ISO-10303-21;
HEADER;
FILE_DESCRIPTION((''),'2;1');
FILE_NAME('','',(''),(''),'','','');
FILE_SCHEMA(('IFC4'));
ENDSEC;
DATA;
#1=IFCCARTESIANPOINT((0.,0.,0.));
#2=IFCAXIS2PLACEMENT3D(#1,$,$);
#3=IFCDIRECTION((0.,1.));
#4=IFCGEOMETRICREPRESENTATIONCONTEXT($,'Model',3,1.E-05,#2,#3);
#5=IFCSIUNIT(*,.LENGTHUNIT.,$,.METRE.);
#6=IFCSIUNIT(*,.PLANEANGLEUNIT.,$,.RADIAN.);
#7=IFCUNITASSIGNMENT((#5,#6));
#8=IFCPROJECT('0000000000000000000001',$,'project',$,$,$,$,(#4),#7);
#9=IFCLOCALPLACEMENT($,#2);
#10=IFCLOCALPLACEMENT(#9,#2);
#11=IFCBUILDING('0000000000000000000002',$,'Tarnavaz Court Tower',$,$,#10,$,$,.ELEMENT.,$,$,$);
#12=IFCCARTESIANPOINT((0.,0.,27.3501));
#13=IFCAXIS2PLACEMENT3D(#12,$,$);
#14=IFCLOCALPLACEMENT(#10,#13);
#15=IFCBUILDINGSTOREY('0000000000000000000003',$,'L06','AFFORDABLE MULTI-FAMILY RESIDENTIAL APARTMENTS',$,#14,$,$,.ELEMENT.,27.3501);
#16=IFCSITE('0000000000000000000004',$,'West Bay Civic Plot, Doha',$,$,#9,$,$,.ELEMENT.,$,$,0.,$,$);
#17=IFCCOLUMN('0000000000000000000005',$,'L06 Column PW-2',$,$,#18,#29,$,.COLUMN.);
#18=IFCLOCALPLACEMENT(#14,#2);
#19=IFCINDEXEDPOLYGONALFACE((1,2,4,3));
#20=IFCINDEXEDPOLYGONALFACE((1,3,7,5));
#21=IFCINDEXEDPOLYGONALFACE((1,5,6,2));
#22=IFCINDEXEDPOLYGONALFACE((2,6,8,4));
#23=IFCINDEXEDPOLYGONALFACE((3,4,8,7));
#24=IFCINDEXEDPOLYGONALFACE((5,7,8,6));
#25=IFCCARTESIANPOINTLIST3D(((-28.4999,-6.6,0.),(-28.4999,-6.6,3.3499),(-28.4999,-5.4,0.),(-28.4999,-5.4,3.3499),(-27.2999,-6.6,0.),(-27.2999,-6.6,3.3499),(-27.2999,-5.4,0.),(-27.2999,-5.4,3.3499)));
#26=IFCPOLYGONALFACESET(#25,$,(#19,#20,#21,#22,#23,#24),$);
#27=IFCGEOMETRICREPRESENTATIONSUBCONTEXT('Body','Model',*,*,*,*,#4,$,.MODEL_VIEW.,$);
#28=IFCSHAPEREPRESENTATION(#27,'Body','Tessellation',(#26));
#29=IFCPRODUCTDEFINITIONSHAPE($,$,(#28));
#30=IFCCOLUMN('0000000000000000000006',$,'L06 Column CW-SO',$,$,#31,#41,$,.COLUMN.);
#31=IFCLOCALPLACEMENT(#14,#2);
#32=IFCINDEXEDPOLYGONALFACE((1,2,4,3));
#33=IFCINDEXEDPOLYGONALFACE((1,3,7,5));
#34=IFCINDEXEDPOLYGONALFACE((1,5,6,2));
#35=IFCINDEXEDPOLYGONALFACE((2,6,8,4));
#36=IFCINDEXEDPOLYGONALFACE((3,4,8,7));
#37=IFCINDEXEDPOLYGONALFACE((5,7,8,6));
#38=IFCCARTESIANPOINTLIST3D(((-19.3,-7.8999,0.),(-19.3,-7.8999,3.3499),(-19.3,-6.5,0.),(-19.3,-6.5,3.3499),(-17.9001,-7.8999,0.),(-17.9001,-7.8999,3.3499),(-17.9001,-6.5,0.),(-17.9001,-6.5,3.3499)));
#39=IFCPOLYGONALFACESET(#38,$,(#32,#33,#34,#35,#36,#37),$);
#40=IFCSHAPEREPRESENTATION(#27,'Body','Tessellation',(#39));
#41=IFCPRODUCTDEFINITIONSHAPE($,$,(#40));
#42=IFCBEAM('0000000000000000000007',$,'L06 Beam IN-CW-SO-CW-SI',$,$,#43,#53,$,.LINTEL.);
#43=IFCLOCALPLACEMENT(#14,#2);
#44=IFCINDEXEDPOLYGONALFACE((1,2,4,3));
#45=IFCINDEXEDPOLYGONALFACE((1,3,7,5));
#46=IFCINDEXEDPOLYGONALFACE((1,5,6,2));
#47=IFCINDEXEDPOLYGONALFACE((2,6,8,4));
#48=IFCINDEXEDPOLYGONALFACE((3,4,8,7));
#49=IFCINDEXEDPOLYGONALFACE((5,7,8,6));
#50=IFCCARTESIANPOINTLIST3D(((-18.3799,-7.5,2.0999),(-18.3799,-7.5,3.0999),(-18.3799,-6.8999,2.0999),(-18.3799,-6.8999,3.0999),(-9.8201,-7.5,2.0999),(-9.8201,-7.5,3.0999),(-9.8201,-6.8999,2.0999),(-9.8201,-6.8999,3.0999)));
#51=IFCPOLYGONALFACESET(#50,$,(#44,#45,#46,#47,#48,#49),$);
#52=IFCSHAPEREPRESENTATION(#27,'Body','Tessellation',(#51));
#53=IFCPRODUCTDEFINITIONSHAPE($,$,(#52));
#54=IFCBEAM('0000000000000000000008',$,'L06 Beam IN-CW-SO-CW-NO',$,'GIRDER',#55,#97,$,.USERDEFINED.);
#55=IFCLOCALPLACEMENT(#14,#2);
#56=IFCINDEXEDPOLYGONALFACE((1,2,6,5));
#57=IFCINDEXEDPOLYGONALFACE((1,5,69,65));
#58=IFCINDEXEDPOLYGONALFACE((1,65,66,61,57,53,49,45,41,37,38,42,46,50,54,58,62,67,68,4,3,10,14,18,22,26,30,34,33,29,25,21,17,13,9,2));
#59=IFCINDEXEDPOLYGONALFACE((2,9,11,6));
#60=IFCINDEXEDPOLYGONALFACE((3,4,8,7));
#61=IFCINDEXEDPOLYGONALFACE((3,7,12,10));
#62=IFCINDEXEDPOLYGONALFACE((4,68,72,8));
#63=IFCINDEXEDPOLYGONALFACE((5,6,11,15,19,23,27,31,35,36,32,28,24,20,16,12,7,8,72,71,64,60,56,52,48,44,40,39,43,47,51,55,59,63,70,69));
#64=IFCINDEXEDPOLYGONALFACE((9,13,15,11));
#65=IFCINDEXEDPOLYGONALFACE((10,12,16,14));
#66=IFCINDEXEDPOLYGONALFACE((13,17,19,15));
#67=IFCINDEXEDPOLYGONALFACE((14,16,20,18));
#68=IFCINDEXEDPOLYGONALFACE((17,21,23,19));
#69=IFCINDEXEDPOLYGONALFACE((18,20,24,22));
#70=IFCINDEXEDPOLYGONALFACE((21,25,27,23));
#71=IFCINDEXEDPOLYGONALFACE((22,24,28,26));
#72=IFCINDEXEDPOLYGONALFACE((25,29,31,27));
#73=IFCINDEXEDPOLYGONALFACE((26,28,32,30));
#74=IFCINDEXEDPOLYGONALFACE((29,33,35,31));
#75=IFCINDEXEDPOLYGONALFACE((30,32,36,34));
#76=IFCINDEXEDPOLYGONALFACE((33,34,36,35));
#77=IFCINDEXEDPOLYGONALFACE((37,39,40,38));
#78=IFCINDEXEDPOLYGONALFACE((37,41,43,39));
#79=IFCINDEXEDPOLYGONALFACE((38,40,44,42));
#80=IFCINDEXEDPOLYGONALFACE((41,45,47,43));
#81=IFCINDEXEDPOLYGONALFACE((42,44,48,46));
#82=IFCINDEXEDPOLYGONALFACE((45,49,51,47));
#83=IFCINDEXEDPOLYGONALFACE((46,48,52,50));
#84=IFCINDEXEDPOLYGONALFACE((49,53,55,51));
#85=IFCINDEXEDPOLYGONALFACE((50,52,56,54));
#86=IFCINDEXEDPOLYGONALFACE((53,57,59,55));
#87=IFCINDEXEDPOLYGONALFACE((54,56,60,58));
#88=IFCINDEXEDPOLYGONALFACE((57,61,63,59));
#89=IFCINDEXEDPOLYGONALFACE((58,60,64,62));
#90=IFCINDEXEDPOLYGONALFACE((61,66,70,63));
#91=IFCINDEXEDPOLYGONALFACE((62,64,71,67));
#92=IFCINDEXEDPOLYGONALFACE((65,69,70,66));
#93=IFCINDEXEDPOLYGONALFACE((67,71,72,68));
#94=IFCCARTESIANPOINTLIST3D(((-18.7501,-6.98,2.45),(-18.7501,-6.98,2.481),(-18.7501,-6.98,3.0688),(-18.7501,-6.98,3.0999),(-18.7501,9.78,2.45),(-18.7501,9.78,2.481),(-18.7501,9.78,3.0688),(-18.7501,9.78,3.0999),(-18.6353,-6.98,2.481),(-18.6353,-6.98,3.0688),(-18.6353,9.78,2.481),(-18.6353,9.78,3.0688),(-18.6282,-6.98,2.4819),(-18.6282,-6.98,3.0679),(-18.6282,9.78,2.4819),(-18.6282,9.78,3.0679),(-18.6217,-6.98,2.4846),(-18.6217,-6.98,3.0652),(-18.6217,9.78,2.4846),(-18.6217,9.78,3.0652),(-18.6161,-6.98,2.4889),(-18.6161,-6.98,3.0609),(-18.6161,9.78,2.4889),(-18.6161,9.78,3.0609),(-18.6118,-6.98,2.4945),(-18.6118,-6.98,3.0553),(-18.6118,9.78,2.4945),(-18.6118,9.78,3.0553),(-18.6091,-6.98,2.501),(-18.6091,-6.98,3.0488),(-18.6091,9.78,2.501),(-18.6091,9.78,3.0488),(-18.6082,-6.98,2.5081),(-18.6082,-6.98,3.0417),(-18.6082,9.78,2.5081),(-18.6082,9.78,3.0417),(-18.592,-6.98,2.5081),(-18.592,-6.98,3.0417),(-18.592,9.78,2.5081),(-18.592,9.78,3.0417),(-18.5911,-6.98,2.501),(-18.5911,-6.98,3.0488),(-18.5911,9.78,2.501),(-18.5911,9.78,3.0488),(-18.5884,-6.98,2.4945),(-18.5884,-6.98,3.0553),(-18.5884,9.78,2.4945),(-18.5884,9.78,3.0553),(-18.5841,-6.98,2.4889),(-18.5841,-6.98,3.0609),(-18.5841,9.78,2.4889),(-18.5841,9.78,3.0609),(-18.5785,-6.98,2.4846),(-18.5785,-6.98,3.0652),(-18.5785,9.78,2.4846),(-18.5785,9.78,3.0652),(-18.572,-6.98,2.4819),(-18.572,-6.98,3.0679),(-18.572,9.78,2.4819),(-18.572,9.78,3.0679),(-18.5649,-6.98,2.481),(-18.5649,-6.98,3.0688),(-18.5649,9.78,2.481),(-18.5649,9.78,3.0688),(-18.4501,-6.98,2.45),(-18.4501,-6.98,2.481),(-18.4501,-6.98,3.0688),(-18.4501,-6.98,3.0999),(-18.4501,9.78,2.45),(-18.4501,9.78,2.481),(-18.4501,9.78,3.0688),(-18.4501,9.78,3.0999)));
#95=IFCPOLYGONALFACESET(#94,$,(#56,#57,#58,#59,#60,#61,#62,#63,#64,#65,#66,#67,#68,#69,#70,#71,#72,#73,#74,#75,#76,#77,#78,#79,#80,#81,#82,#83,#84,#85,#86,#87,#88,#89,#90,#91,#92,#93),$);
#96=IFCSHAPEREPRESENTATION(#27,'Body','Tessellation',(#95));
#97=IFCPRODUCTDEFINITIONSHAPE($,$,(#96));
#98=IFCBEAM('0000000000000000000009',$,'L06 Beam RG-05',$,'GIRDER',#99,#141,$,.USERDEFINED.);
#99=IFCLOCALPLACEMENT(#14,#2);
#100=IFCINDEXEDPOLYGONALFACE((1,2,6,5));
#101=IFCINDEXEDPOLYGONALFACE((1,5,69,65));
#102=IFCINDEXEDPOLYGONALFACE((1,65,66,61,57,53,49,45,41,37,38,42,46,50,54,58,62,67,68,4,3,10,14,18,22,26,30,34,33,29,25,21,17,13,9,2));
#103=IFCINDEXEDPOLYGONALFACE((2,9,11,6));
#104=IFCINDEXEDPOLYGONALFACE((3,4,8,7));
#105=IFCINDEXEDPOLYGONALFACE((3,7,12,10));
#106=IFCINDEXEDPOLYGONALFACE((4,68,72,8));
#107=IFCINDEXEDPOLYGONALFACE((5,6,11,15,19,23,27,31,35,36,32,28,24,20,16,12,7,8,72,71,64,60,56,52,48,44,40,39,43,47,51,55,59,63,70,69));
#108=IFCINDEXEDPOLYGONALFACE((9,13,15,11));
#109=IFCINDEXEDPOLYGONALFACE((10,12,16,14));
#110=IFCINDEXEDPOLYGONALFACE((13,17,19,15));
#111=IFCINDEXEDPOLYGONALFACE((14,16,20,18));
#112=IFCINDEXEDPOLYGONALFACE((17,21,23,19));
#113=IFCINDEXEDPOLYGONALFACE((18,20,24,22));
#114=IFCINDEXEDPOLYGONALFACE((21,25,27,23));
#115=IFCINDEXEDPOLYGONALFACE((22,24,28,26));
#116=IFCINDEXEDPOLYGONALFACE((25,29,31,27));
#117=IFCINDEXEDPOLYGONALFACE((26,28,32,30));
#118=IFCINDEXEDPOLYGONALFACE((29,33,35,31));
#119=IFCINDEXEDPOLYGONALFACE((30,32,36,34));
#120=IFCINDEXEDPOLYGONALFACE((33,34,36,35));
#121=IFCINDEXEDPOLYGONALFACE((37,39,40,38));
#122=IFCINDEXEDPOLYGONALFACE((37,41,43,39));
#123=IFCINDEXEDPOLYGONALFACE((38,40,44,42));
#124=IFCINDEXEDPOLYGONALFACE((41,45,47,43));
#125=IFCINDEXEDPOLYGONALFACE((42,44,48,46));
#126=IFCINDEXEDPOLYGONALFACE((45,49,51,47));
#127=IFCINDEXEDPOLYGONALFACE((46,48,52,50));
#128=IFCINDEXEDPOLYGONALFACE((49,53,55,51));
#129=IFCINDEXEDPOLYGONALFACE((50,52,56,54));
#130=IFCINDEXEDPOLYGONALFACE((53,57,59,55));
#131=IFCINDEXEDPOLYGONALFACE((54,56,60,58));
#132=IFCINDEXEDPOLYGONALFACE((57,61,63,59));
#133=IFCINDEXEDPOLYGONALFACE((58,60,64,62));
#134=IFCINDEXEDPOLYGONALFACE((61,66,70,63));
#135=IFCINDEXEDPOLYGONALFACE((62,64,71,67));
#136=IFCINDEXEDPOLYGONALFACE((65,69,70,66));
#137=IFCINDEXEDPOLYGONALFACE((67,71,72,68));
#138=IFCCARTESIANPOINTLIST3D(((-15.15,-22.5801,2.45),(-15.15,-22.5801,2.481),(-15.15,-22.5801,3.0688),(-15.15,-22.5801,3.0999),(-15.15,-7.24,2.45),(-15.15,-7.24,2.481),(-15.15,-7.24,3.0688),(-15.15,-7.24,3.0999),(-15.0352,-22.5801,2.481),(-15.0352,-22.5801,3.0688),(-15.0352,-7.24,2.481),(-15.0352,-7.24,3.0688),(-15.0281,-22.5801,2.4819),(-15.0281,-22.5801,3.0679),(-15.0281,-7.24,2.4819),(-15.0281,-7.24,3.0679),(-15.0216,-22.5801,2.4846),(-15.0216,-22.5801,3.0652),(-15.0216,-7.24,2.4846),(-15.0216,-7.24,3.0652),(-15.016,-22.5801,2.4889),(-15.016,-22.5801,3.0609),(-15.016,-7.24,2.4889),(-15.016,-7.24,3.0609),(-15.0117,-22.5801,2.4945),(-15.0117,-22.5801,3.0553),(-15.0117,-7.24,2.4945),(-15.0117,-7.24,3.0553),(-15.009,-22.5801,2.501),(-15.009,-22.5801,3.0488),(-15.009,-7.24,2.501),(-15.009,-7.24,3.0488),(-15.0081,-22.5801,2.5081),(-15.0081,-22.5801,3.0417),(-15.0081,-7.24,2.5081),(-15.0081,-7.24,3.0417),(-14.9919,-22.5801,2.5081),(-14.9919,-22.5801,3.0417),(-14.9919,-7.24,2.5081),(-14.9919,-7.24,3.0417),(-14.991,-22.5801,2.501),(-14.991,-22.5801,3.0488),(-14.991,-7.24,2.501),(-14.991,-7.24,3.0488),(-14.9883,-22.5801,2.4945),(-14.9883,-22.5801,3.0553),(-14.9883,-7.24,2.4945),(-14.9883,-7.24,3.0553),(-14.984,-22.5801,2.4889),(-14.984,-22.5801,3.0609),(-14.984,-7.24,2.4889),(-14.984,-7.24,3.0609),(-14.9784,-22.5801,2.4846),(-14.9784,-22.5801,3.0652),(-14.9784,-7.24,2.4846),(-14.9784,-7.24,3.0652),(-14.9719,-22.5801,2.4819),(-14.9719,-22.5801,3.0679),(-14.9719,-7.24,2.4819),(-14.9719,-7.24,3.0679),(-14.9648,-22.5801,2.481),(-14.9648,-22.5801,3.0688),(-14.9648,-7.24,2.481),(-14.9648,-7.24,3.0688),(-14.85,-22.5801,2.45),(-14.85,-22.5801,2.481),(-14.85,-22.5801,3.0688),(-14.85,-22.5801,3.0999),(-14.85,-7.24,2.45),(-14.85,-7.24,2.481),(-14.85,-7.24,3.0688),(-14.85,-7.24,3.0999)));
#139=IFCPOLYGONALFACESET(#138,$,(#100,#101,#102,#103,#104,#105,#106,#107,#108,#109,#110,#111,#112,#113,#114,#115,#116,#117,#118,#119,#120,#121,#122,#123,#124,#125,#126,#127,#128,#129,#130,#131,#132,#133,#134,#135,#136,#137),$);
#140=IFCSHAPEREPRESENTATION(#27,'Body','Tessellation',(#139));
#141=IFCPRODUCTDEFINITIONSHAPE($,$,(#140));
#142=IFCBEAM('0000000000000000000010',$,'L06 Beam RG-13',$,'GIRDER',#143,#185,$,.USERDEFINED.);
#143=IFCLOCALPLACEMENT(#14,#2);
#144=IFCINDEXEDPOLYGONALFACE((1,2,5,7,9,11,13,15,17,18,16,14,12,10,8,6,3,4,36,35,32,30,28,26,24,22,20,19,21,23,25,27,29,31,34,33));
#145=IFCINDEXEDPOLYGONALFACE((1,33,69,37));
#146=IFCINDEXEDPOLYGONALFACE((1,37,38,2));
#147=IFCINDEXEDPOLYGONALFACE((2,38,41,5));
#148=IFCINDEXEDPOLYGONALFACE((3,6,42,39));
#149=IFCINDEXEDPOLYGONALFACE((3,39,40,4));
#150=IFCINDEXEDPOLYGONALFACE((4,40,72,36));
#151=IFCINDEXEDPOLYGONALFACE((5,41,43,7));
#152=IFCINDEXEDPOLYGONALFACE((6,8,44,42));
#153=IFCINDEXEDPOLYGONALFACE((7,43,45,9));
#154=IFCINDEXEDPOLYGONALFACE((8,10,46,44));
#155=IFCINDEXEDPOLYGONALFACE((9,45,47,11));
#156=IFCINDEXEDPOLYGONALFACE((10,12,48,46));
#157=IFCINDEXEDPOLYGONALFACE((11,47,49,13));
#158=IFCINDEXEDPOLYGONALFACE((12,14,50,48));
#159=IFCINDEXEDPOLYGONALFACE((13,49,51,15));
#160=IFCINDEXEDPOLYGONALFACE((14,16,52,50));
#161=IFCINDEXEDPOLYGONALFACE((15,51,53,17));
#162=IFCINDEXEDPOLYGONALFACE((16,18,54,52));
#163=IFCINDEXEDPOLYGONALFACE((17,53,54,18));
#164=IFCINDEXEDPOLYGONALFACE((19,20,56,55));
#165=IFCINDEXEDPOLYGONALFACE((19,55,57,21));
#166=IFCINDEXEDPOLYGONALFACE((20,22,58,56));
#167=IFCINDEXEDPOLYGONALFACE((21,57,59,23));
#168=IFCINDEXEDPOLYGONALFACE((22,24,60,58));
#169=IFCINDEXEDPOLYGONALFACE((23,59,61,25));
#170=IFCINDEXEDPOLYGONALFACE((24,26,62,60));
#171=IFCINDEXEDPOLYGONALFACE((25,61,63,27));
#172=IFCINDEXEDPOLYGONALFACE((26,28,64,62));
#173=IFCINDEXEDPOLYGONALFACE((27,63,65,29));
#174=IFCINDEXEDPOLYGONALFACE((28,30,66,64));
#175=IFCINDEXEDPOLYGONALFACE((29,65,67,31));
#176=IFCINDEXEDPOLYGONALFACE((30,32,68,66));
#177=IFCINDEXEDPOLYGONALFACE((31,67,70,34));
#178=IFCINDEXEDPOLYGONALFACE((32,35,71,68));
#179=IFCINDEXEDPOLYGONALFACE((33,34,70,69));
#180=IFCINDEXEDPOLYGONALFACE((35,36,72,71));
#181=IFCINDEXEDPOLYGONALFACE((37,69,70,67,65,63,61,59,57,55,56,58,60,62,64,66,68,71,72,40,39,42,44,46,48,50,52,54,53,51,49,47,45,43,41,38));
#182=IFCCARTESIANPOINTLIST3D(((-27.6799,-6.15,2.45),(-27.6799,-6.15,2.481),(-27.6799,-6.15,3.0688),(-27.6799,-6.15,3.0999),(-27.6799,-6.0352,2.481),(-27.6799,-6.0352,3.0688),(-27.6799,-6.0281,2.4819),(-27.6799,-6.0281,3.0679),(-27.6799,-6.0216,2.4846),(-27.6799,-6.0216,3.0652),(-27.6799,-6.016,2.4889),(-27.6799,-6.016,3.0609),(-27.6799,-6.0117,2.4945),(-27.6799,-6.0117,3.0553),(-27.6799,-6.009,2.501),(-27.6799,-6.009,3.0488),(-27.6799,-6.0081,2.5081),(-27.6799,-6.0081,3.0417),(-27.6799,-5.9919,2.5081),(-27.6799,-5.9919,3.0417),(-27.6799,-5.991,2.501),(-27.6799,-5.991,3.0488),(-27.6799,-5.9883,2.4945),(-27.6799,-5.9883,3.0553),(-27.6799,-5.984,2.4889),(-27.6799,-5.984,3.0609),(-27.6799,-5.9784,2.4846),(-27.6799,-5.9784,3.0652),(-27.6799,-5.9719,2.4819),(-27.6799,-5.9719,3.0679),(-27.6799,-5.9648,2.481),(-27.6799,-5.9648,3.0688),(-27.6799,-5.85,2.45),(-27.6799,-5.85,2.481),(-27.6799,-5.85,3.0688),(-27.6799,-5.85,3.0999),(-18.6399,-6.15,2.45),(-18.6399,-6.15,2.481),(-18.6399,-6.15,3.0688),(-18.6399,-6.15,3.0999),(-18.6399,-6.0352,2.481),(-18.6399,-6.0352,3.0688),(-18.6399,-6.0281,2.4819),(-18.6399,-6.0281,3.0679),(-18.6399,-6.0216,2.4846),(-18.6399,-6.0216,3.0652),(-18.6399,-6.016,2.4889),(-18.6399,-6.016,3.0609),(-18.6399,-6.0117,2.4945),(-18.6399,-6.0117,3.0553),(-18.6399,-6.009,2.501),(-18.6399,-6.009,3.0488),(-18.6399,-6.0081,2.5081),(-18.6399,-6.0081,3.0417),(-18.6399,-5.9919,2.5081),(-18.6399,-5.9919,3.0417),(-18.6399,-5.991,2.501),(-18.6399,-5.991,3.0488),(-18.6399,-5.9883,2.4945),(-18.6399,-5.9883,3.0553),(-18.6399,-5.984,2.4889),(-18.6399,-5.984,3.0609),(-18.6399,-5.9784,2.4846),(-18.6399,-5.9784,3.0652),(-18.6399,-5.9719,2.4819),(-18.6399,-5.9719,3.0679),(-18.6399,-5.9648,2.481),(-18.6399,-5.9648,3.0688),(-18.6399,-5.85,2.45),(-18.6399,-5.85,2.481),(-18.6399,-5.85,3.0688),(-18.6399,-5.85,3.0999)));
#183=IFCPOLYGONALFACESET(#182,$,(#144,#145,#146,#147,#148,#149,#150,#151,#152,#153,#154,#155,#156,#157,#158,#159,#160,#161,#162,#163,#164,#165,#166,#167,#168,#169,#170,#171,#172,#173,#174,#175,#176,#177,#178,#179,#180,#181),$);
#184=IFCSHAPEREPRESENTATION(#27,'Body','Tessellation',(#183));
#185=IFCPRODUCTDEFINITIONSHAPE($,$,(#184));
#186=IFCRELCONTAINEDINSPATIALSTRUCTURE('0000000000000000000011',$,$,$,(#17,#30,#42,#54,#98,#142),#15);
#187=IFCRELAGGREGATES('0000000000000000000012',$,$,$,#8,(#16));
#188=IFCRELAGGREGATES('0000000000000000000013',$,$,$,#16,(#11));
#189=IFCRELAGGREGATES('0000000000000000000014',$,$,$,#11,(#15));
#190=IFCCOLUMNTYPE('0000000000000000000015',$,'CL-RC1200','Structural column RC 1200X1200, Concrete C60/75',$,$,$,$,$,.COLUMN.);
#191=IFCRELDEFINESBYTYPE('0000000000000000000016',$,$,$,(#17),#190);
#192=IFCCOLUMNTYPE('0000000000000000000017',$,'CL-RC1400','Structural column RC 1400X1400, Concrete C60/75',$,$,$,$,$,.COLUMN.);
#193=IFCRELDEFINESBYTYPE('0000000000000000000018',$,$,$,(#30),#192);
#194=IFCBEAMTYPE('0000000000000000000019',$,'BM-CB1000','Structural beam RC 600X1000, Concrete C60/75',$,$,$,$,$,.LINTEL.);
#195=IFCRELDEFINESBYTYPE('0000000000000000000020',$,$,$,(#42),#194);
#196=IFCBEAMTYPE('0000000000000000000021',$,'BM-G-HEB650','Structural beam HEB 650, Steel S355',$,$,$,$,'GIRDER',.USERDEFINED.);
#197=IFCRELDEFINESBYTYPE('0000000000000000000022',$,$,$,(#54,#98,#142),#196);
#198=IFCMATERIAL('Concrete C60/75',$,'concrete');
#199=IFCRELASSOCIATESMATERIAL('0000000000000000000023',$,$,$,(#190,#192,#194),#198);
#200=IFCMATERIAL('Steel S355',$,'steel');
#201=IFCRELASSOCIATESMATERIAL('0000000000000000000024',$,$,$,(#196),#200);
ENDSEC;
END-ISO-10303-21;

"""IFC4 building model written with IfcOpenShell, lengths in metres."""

from ifc_helpers import new_model, si_unit, direction, frame, origin, origin_2d, place, context, subcontext, project, spatial, rectangle, i_section, extrude, material, material_profile, profile_set, type_object, element, save


model = new_model("IFC4")

# Units and contexts
model_context = context("Model", 3, precision=1e-05, world=origin(), true_north=direction((0.0, 1.0)))
body_context = subcontext(model_context, "Body", "Model", "MODEL_VIEW")
ifc_project = project(units=[si_unit("LENGTHUNIT", "METRE"), si_unit("PLANEANGLEUNIT", "RADIAN")], contexts=[model_context])

# Site, building, storey
site_placement = place(None, origin())
site = spatial("IfcSite", under=ifc_project, at=site_placement, Name="West Bay Civic Plot, Doha", CompositionType="ELEMENT", RefElevation=0.0)
building_placement = place(site_placement, origin())
building = spatial("IfcBuilding", under=site, at=building_placement, Name="Tarnavaz Court Tower", CompositionType="ELEMENT")
storey_placement = place(building_placement, frame((0.0, 0.0, 27.3501)))
storey = spatial("IfcBuildingStorey", under=building, at=storey_placement, Name="L06", Description="AFFORDABLE MULTI-FAMILY RESIDENTIAL APARTMENTS", CompositionType="ELEMENT", Elevation=27.3501)

# Columns
ifc_material_1 = material(Name="Concrete C60/75", Category="concrete")
ifc_material_profile_1 = material_profile(ifc_material_1, rectangle(XDim=1.2, YDim=1.2, at=origin_2d()), Name="RC 1200X1200")
ifc_profile_set_1 = profile_set([ifc_material_profile_1], Name="Concrete C60/75")
column_type_1 = type_object("IfcColumnType", Name="CL-RC1200", Description="Structural column RC 1200X1200, Concrete C60/75", PredefinedType="COLUMN", material=ifc_profile_set_1)
column_1_placement = place(storey_placement, frame((-27.8999, -6.0, 0.0), z_axis=(0.0, 0.0, 1.0), x_axis=(1.0, 0.0, 0.0)))
element("IfcColumn", 1, at=column_1_placement, inside=storey, type_object=column_type_1, Name="L06 Column PW-2", PredefinedType="COLUMN", context=body_context, shape_type="SweptSolid", body=[
    extrude(rectangle(XDim=1.2, YDim=1.2, at=origin_2d()), origin(), (0.0, 0.0, 1.0), 3.3499),
])
ifc_material_profile_2 = material_profile(ifc_material_1, rectangle(XDim=1.3999, YDim=1.3999, at=origin_2d()), Name="RC 1400X1400")
ifc_profile_set_2 = profile_set([ifc_material_profile_2], Name="Concrete C60/75")
column_type_2 = type_object("IfcColumnType", Name="CL-RC1400", Description="Structural column RC 1400X1400, Concrete C60/75", PredefinedType="COLUMN", material=ifc_profile_set_2)
column_2_placement = place(storey_placement, frame((-18.6001, -7.2, 0.0), z_axis=(0.0, 0.0, 1.0), x_axis=(1.0, 0.0, 0.0)))
element("IfcColumn", 2, at=column_2_placement, inside=storey, type_object=column_type_2, Name="L06 Column CW-SO", PredefinedType="COLUMN", context=body_context, shape_type="SweptSolid", body=[
    extrude(rectangle(XDim=1.3999, YDim=1.3999, at=origin_2d()), origin(), (0.0, 0.0, 1.0), 3.3499),
])

# Beams
ifc_material_profile_3 = material_profile(ifc_material_1, rectangle(XDim=0.6001, YDim=1.0, at=origin_2d()), Name="RC 600X1000")
ifc_profile_set_3 = profile_set([ifc_material_profile_3], Name="Concrete C60/75")
beam_type_1 = type_object("IfcBeamType", Name="BM-CB1000", Description="Structural beam RC 600X1000, Concrete C60/75", PredefinedType="LINTEL", material=ifc_profile_set_3)
beam_1_placement = place(storey_placement, frame((-18.3799, -7.2, 2.5999), z_axis=(1.0, 0.0, 0.0), x_axis=(0.0, 1.0, 0.0)))
element("IfcBeam", 3, at=beam_1_placement, inside=storey, type_object=beam_type_1, Name="L06 Beam IN-CW-SO-CW-SI", PredefinedType="LINTEL", context=body_context, shape_type="SweptSolid", body=[
    extrude(rectangle(XDim=0.6001, YDim=1.0, at=origin_2d()), origin(), (0.0, 0.0, 1.0), 8.5598),
])
ifc_material_2 = material(Name="Steel S355", Category="steel")
ifc_material_profile_4 = material_profile(ifc_material_2, i_section(OverallWidth=0.3, OverallDepth=0.6499, WebThickness=0.0161, FlangeThickness=0.031, FilletRadius=0.0271, at=origin_2d()), Name="HEB 650")
ifc_profile_set_4 = profile_set([ifc_material_profile_4], Name="Steel S355")
beam_type_2 = type_object("IfcBeamType", Name="BM-G-HEB650", Description="Structural beam HEB 650, Steel S355", ElementType="GIRDER", PredefinedType="USERDEFINED", material=ifc_profile_set_4)
beam_2_placement = place(storey_placement, frame((-18.6001, -6.98, 2.7749), z_axis=(0.0, 1.0, 0.0), x_axis=(-1.0, 0.0, 0.0)))
element("IfcBeam", 4, at=beam_2_placement, inside=storey, type_object=beam_type_2, Name="L06 Beam IN-CW-SO-CW-NO", ObjectType="GIRDER", PredefinedType="USERDEFINED", context=body_context, shape_type="SweptSolid", body=[
    extrude(i_section(OverallWidth=0.3, OverallDepth=0.6499, WebThickness=0.0161, FlangeThickness=0.031, FilletRadius=0.0271, at=origin_2d()), origin(), (0.0, 0.0, 1.0), 16.76),
])
beam_3_placement = place(storey_placement, frame((-15.0, -7.24, 2.7749), z_axis=(0.0, -1.0, 0.0), x_axis=(1.0, 0.0, 0.0)))
element("IfcBeam", 5, at=beam_3_placement, inside=storey, type_object=beam_type_2, Name="L06 Beam RG-05", ObjectType="GIRDER", PredefinedType="USERDEFINED", context=body_context, shape_type="SweptSolid", body=[
    extrude(i_section(OverallWidth=0.3, OverallDepth=0.6499, WebThickness=0.0161, FlangeThickness=0.031, FilletRadius=0.0271, at=origin_2d()), origin(), (0.0, 0.0, 1.0), 15.3401),
])
beam_4_placement = place(storey_placement, frame((-18.6399, -6.0, 2.7749), z_axis=(-1.0, 0.0, 0.0), x_axis=(0.0, -1.0, 0.0)))
element("IfcBeam", 6, at=beam_4_placement, inside=storey, type_object=beam_type_2, Name="L06 Beam RG-13", ObjectType="GIRDER", PredefinedType="USERDEFINED", context=body_context, shape_type="SweptSolid", body=[
    extrude(i_section(OverallWidth=0.3, OverallDepth=0.6499, WebThickness=0.0161, FlangeThickness=0.031, FilletRadius=0.0271, at=origin_2d()), origin(), (0.0, 0.0, 1.0), 9.04),
])

save(model, "model.ifc")
